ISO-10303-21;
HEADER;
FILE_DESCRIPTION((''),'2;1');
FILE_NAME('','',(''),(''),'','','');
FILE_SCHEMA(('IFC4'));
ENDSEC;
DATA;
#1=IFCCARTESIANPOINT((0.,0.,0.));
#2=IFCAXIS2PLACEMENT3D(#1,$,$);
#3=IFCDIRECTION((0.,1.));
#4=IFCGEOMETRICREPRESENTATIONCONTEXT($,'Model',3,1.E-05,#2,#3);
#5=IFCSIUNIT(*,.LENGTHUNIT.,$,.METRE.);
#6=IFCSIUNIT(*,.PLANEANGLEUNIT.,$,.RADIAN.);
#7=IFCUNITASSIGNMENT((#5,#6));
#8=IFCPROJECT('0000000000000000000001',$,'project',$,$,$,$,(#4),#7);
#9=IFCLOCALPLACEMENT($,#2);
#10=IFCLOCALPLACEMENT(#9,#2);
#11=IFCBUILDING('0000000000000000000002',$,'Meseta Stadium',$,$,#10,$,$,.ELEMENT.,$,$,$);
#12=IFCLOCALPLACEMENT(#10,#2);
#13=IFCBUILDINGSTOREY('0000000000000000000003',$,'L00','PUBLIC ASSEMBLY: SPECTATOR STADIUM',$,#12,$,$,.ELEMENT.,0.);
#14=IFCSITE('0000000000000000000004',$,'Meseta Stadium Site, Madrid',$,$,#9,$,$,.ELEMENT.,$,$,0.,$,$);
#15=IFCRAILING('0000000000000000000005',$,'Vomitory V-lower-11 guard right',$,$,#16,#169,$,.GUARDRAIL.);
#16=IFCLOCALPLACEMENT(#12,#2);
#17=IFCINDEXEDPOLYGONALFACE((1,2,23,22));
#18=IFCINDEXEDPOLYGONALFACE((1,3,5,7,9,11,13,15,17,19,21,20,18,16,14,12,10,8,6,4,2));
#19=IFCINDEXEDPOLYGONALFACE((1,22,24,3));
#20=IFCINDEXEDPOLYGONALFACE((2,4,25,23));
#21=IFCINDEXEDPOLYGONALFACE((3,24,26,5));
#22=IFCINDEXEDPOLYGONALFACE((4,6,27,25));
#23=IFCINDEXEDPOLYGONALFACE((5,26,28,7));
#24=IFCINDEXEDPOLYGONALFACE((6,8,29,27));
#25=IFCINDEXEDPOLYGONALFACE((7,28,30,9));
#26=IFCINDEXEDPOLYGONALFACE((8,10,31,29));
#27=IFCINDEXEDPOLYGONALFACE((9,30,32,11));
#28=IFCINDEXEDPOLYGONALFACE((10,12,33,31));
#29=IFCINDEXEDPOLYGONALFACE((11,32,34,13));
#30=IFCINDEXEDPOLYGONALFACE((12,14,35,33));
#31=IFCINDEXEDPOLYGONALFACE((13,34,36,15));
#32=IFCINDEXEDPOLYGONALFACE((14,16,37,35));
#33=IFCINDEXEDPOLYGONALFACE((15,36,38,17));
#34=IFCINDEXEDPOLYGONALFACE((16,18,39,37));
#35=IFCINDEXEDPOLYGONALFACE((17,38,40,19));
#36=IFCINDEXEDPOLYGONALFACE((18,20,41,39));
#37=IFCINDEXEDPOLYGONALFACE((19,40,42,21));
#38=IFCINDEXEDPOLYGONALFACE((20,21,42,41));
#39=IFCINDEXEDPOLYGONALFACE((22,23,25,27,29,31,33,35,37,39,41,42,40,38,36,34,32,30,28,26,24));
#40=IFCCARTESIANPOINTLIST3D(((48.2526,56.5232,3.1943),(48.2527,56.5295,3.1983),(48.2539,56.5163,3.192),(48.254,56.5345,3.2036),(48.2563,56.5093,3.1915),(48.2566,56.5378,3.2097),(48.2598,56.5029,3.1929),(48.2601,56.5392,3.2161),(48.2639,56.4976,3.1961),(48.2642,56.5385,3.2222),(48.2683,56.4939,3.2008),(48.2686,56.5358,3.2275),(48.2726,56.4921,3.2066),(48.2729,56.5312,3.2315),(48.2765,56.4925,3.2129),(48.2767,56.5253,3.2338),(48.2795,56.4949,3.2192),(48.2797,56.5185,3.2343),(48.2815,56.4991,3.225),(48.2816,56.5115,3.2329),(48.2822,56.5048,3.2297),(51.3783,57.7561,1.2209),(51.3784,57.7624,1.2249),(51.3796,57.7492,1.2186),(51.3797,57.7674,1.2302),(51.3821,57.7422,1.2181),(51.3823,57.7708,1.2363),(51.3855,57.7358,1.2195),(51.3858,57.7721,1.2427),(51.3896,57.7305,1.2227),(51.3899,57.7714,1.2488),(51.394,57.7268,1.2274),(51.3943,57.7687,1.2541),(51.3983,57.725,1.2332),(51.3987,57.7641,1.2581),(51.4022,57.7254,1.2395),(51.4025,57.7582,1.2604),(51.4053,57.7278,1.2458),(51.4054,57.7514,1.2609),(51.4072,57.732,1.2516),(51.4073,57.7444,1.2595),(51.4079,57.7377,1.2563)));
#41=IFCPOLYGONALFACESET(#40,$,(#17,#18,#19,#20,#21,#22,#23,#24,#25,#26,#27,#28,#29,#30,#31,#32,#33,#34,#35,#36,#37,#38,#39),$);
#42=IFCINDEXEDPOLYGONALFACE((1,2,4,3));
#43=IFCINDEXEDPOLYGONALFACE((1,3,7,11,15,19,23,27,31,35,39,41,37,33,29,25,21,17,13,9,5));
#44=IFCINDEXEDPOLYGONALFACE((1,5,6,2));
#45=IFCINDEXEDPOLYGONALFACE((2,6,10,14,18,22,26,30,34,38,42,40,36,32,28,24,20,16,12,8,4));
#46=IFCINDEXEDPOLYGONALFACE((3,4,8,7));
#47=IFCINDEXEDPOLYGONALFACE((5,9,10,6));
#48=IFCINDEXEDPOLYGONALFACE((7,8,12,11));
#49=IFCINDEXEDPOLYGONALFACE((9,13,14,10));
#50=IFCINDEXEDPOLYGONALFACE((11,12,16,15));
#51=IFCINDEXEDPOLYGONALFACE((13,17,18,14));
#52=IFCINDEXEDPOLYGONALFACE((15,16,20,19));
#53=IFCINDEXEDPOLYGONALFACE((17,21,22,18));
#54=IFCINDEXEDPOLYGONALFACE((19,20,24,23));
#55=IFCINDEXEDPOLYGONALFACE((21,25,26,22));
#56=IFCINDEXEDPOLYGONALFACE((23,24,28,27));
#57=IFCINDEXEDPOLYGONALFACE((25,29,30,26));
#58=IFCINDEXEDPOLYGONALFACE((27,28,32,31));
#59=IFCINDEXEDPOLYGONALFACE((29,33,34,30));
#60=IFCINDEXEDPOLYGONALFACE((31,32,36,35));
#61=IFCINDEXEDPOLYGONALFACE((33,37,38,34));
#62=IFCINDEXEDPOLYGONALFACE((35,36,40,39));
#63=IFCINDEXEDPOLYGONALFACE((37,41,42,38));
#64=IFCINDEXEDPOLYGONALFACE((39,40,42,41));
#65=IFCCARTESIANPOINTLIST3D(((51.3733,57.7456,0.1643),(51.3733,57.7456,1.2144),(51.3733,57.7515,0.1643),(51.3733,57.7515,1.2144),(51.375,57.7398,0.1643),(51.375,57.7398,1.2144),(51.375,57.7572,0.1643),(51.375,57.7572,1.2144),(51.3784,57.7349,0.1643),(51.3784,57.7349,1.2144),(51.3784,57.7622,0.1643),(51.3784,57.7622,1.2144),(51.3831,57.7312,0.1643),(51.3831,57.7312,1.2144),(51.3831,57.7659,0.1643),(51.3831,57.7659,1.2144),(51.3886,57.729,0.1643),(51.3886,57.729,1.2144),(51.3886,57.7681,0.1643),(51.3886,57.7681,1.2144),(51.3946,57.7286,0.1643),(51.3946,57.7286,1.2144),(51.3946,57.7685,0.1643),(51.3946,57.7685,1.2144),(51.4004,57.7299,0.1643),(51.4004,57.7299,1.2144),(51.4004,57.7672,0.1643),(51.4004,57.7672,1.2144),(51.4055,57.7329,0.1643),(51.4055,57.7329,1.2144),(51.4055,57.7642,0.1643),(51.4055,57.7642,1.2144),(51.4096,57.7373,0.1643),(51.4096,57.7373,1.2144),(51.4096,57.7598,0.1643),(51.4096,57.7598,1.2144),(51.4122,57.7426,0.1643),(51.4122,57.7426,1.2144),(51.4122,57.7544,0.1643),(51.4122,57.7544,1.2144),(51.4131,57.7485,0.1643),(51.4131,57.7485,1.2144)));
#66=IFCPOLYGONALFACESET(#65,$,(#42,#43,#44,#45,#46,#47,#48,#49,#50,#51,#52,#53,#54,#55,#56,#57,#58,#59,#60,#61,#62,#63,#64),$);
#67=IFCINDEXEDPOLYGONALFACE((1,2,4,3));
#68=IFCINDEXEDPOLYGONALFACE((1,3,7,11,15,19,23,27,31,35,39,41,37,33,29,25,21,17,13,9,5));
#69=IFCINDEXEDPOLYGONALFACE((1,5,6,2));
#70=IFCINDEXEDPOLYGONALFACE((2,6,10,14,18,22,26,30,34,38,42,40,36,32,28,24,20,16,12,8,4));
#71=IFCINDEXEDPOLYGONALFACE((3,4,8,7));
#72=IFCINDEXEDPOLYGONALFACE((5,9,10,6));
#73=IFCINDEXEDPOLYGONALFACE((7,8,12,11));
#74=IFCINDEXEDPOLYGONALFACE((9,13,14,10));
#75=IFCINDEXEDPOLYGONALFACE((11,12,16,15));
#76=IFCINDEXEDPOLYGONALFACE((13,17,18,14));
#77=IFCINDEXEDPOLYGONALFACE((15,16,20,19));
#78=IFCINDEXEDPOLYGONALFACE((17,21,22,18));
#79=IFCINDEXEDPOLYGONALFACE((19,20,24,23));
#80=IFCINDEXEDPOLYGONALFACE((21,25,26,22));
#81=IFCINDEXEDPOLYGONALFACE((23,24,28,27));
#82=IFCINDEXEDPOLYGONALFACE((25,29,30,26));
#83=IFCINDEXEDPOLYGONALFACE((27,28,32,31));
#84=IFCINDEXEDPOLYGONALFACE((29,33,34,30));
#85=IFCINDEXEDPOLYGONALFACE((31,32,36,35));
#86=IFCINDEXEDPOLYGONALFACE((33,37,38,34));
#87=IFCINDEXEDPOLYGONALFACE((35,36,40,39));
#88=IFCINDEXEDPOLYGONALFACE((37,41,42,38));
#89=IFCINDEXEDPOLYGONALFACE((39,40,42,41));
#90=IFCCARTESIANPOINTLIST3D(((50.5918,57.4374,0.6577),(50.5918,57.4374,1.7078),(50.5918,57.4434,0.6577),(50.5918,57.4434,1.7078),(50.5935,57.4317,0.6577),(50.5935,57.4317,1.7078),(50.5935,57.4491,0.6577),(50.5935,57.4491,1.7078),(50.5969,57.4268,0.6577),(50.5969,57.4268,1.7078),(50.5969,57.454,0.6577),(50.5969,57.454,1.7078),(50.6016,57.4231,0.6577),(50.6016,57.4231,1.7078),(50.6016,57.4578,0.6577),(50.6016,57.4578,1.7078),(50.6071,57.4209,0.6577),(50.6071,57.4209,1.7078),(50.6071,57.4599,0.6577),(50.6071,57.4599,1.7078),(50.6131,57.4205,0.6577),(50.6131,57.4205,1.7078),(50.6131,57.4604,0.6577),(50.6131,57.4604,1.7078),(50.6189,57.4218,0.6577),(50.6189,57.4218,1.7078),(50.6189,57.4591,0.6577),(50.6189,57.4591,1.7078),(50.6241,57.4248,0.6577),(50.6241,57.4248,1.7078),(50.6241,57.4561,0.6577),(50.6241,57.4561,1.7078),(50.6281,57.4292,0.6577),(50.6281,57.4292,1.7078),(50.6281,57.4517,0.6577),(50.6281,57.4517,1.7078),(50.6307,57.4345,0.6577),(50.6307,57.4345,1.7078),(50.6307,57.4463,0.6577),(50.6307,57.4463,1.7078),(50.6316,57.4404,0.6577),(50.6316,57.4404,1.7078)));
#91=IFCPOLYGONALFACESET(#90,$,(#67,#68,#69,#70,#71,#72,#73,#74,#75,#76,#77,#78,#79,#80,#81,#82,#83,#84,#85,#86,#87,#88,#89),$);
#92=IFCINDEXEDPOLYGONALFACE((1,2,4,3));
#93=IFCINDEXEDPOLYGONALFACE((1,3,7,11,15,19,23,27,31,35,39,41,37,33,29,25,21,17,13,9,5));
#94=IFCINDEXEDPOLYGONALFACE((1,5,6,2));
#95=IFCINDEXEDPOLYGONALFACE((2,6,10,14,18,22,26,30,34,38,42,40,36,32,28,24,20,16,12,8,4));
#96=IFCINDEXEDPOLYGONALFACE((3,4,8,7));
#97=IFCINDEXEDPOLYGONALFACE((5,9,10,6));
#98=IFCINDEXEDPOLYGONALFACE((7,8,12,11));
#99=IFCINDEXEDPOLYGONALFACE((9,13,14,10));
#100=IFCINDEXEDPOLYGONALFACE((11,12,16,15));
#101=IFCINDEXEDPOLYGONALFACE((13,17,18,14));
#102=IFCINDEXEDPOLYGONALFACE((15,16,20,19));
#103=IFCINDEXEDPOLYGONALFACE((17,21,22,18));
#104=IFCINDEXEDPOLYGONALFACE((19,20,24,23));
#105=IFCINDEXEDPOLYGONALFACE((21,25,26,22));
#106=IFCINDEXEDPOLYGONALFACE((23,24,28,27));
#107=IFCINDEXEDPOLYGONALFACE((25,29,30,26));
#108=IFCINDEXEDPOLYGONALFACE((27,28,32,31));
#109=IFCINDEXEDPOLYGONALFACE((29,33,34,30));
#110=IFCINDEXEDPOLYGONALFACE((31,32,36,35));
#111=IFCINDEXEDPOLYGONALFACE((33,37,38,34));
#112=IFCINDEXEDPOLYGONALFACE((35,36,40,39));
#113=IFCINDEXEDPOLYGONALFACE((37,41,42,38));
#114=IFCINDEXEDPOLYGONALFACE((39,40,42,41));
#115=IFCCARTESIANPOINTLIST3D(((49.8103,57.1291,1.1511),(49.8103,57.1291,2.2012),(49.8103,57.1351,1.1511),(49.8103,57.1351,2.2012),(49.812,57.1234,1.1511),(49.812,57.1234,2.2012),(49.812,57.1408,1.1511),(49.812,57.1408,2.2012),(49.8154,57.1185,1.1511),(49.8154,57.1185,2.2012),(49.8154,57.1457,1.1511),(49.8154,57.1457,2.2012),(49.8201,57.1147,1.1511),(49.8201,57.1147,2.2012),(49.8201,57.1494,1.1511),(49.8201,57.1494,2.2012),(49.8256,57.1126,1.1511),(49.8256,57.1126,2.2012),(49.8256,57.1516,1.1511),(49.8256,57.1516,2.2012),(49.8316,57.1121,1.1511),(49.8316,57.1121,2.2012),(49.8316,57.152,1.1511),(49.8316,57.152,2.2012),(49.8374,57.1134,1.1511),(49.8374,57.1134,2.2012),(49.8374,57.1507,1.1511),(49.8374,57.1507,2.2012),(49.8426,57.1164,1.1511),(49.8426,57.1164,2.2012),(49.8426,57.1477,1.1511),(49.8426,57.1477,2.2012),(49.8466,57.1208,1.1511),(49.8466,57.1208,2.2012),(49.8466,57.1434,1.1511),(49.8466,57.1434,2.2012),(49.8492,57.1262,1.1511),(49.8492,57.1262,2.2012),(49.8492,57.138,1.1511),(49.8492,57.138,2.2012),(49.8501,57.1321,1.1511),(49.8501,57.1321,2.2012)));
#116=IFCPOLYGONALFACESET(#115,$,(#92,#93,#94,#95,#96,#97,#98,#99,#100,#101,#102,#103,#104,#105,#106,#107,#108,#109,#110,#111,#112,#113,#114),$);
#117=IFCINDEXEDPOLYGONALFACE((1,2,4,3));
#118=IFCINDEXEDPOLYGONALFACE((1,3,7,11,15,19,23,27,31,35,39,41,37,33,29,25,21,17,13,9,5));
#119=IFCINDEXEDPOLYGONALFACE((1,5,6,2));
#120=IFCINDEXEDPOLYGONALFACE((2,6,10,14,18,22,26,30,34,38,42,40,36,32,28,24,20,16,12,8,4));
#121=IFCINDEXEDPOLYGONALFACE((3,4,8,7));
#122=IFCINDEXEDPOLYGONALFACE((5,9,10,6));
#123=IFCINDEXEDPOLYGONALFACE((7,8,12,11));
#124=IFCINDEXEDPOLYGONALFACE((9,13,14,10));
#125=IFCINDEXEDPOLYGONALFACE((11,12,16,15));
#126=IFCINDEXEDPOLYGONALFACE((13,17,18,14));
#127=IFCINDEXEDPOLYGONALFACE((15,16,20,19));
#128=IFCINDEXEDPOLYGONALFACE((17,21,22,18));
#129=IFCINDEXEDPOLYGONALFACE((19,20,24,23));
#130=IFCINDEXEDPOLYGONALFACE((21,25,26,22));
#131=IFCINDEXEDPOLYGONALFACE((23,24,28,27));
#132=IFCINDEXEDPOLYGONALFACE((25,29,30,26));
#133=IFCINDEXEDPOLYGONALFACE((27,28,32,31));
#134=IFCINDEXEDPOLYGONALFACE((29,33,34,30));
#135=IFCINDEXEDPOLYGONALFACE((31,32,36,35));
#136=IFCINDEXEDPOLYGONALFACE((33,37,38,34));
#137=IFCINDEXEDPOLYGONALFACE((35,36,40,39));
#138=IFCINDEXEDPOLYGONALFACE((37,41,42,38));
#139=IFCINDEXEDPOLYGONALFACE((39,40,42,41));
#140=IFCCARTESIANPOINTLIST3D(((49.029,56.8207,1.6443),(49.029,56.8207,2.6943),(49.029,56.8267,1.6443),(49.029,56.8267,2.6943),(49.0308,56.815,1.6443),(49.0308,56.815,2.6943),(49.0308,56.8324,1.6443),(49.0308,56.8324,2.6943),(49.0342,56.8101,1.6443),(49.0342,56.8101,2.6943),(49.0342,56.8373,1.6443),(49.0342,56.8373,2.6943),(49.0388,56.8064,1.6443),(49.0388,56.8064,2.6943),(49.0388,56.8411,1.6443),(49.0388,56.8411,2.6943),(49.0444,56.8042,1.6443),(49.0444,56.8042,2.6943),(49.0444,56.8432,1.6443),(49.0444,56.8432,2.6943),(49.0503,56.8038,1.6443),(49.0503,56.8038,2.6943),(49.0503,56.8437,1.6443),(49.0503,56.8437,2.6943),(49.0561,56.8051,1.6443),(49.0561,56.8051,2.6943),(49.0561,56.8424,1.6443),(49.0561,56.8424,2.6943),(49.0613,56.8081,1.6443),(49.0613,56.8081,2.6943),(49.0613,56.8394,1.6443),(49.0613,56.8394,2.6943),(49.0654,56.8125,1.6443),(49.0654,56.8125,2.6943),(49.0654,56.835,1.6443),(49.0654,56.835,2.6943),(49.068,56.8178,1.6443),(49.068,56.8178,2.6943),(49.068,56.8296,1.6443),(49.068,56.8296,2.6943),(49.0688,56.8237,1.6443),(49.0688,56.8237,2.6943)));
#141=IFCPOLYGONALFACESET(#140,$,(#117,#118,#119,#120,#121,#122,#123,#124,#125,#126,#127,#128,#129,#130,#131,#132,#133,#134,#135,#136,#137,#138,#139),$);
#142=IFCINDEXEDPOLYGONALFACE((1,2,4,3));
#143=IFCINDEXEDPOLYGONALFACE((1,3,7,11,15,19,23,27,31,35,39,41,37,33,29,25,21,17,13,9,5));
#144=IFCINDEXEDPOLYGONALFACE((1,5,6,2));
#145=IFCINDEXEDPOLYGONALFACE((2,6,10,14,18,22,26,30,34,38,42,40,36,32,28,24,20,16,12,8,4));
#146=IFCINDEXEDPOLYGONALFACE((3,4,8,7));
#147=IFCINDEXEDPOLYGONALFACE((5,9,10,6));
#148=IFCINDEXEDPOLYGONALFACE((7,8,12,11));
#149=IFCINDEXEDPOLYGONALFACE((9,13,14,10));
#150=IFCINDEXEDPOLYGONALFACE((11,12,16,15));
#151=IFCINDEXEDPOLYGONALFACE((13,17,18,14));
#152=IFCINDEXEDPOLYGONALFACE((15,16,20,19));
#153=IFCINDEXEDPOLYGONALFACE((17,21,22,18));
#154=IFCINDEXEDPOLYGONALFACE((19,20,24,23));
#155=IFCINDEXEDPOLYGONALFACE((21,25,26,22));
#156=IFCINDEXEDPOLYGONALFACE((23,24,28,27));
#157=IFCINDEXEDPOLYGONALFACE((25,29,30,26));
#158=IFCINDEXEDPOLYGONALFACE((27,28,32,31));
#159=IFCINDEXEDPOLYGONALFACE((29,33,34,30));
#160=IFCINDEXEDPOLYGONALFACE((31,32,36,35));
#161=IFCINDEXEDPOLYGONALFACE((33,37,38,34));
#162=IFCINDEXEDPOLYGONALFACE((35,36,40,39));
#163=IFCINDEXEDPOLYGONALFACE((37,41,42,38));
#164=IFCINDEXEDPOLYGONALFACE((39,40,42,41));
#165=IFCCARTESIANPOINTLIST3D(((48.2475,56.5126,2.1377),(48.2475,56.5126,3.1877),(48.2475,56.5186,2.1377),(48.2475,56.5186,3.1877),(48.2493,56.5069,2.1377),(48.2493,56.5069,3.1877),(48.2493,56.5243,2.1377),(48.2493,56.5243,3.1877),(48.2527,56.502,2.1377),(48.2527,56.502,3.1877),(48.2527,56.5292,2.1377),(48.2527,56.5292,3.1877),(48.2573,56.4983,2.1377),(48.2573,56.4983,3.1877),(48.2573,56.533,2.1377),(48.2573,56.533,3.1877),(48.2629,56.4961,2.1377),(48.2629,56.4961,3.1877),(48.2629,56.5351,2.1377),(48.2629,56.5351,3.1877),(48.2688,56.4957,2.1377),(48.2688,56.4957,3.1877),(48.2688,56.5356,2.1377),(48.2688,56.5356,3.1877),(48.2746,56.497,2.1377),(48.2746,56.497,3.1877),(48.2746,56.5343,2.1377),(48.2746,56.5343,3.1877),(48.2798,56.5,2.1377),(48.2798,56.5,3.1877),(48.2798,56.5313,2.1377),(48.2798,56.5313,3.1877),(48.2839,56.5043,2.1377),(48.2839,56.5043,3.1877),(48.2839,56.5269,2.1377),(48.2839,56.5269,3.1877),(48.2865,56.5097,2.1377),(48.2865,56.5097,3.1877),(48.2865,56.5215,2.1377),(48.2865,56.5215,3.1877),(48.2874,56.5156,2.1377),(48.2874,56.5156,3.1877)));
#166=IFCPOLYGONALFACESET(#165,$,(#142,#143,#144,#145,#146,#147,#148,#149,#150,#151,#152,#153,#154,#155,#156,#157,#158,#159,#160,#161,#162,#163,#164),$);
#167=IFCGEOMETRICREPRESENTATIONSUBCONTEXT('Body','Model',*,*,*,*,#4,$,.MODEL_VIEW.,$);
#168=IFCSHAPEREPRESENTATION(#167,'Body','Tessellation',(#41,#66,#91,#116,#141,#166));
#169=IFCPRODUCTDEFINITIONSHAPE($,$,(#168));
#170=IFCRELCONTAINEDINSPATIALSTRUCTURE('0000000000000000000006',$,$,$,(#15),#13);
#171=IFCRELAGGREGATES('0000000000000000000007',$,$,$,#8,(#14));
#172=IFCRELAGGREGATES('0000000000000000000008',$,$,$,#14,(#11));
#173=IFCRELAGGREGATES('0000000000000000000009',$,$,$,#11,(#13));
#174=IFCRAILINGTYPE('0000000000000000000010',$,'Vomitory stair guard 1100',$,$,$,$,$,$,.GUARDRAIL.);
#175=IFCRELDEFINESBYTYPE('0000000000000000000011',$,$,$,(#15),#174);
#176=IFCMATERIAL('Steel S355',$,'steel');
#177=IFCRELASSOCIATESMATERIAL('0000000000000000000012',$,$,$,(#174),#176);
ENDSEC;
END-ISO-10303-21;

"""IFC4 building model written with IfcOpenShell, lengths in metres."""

from ifc_helpers import new_model, si_unit, direction, frame, origin, origin_2d, place, context, subcontext, project, spatial, circle, extrude, material, type_object, element, save


model = new_model("IFC4")

# Units and contexts
model_context = context("Model", 3, precision=1e-05, world=origin(), true_north=direction((0.0, 1.0)))
body_context = subcontext(model_context, "Body", "Model", "MODEL_VIEW")
ifc_project = project(units=[si_unit("LENGTHUNIT", "METRE"), si_unit("PLANEANGLEUNIT", "RADIAN")], contexts=[model_context])

# Site, building, storey
site_placement = place(None, origin())
site = spatial("IfcSite", under=ifc_project, at=site_placement, Name="Meseta Stadium Site, Madrid", CompositionType="ELEMENT", RefElevation=0.0)
building_placement = place(site_placement, origin())
building = spatial("IfcBuilding", under=site, at=building_placement, Name="Meseta Stadium", CompositionType="ELEMENT")
storey_placement = place(building_placement, origin())
storey = spatial("IfcBuildingStorey", under=building, at=storey_placement, Name="L00", Description="PUBLIC ASSEMBLY: SPECTATOR STADIUM", CompositionType="ELEMENT", Elevation=0.0)

# Railing
ifc_material_1 = material(Name="Steel S355", Category="steel")
railing_type_1 = type_object("IfcRailingType", Name="Vomitory stair guard 1100", PredefinedType="GUARDRAIL", material=ifc_material_1)
railing_1_placement = place(storey_placement, frame((51.3931, 57.7485, 0.1643)))
element("IfcRailing", 1, at=railing_1_placement, inside=storey, type_object=railing_type_1, Name="Vomitory V-lower-11 guard right", PredefinedType="GUARDRAIL", context=body_context, shape_type="SweptSolid", body=[
    extrude(circle(Radius=0.0249, at=origin_2d()), frame((0.0, 0.0, 1.0752), z_axis=(-0.802142, -0.316396, 0.506421), x_axis=(0.366927, -0.93025, 0.0)), (0.0, 0.0, 1.0), 3.8967),
    extrude(circle(Radius=0.02, at=origin_2d()), origin(), (0.0, 0.0, 1.0), 1.05),
    extrude(circle(Radius=0.02, at=origin_2d()), frame((-0.7815, -0.3081, 0.4934)), (0.0, 0.0, 1.0), 1.05),
    extrude(circle(Radius=0.02, at=origin_2d()), frame((-1.563, -0.6165, 0.9868)), (0.0, 0.0, 1.0), 1.05),
    extrude(circle(Radius=0.02, at=origin_2d()), frame((-2.3442, -0.9248, 1.48)), (0.0, 0.0, 1.0), 1.05),
    extrude(circle(Radius=0.02, at=origin_2d()), frame((-3.1257, -1.2329, 1.9734)), (0.0, 0.0, 1.0), 1.05),
])

save(model, "model.ifc")
